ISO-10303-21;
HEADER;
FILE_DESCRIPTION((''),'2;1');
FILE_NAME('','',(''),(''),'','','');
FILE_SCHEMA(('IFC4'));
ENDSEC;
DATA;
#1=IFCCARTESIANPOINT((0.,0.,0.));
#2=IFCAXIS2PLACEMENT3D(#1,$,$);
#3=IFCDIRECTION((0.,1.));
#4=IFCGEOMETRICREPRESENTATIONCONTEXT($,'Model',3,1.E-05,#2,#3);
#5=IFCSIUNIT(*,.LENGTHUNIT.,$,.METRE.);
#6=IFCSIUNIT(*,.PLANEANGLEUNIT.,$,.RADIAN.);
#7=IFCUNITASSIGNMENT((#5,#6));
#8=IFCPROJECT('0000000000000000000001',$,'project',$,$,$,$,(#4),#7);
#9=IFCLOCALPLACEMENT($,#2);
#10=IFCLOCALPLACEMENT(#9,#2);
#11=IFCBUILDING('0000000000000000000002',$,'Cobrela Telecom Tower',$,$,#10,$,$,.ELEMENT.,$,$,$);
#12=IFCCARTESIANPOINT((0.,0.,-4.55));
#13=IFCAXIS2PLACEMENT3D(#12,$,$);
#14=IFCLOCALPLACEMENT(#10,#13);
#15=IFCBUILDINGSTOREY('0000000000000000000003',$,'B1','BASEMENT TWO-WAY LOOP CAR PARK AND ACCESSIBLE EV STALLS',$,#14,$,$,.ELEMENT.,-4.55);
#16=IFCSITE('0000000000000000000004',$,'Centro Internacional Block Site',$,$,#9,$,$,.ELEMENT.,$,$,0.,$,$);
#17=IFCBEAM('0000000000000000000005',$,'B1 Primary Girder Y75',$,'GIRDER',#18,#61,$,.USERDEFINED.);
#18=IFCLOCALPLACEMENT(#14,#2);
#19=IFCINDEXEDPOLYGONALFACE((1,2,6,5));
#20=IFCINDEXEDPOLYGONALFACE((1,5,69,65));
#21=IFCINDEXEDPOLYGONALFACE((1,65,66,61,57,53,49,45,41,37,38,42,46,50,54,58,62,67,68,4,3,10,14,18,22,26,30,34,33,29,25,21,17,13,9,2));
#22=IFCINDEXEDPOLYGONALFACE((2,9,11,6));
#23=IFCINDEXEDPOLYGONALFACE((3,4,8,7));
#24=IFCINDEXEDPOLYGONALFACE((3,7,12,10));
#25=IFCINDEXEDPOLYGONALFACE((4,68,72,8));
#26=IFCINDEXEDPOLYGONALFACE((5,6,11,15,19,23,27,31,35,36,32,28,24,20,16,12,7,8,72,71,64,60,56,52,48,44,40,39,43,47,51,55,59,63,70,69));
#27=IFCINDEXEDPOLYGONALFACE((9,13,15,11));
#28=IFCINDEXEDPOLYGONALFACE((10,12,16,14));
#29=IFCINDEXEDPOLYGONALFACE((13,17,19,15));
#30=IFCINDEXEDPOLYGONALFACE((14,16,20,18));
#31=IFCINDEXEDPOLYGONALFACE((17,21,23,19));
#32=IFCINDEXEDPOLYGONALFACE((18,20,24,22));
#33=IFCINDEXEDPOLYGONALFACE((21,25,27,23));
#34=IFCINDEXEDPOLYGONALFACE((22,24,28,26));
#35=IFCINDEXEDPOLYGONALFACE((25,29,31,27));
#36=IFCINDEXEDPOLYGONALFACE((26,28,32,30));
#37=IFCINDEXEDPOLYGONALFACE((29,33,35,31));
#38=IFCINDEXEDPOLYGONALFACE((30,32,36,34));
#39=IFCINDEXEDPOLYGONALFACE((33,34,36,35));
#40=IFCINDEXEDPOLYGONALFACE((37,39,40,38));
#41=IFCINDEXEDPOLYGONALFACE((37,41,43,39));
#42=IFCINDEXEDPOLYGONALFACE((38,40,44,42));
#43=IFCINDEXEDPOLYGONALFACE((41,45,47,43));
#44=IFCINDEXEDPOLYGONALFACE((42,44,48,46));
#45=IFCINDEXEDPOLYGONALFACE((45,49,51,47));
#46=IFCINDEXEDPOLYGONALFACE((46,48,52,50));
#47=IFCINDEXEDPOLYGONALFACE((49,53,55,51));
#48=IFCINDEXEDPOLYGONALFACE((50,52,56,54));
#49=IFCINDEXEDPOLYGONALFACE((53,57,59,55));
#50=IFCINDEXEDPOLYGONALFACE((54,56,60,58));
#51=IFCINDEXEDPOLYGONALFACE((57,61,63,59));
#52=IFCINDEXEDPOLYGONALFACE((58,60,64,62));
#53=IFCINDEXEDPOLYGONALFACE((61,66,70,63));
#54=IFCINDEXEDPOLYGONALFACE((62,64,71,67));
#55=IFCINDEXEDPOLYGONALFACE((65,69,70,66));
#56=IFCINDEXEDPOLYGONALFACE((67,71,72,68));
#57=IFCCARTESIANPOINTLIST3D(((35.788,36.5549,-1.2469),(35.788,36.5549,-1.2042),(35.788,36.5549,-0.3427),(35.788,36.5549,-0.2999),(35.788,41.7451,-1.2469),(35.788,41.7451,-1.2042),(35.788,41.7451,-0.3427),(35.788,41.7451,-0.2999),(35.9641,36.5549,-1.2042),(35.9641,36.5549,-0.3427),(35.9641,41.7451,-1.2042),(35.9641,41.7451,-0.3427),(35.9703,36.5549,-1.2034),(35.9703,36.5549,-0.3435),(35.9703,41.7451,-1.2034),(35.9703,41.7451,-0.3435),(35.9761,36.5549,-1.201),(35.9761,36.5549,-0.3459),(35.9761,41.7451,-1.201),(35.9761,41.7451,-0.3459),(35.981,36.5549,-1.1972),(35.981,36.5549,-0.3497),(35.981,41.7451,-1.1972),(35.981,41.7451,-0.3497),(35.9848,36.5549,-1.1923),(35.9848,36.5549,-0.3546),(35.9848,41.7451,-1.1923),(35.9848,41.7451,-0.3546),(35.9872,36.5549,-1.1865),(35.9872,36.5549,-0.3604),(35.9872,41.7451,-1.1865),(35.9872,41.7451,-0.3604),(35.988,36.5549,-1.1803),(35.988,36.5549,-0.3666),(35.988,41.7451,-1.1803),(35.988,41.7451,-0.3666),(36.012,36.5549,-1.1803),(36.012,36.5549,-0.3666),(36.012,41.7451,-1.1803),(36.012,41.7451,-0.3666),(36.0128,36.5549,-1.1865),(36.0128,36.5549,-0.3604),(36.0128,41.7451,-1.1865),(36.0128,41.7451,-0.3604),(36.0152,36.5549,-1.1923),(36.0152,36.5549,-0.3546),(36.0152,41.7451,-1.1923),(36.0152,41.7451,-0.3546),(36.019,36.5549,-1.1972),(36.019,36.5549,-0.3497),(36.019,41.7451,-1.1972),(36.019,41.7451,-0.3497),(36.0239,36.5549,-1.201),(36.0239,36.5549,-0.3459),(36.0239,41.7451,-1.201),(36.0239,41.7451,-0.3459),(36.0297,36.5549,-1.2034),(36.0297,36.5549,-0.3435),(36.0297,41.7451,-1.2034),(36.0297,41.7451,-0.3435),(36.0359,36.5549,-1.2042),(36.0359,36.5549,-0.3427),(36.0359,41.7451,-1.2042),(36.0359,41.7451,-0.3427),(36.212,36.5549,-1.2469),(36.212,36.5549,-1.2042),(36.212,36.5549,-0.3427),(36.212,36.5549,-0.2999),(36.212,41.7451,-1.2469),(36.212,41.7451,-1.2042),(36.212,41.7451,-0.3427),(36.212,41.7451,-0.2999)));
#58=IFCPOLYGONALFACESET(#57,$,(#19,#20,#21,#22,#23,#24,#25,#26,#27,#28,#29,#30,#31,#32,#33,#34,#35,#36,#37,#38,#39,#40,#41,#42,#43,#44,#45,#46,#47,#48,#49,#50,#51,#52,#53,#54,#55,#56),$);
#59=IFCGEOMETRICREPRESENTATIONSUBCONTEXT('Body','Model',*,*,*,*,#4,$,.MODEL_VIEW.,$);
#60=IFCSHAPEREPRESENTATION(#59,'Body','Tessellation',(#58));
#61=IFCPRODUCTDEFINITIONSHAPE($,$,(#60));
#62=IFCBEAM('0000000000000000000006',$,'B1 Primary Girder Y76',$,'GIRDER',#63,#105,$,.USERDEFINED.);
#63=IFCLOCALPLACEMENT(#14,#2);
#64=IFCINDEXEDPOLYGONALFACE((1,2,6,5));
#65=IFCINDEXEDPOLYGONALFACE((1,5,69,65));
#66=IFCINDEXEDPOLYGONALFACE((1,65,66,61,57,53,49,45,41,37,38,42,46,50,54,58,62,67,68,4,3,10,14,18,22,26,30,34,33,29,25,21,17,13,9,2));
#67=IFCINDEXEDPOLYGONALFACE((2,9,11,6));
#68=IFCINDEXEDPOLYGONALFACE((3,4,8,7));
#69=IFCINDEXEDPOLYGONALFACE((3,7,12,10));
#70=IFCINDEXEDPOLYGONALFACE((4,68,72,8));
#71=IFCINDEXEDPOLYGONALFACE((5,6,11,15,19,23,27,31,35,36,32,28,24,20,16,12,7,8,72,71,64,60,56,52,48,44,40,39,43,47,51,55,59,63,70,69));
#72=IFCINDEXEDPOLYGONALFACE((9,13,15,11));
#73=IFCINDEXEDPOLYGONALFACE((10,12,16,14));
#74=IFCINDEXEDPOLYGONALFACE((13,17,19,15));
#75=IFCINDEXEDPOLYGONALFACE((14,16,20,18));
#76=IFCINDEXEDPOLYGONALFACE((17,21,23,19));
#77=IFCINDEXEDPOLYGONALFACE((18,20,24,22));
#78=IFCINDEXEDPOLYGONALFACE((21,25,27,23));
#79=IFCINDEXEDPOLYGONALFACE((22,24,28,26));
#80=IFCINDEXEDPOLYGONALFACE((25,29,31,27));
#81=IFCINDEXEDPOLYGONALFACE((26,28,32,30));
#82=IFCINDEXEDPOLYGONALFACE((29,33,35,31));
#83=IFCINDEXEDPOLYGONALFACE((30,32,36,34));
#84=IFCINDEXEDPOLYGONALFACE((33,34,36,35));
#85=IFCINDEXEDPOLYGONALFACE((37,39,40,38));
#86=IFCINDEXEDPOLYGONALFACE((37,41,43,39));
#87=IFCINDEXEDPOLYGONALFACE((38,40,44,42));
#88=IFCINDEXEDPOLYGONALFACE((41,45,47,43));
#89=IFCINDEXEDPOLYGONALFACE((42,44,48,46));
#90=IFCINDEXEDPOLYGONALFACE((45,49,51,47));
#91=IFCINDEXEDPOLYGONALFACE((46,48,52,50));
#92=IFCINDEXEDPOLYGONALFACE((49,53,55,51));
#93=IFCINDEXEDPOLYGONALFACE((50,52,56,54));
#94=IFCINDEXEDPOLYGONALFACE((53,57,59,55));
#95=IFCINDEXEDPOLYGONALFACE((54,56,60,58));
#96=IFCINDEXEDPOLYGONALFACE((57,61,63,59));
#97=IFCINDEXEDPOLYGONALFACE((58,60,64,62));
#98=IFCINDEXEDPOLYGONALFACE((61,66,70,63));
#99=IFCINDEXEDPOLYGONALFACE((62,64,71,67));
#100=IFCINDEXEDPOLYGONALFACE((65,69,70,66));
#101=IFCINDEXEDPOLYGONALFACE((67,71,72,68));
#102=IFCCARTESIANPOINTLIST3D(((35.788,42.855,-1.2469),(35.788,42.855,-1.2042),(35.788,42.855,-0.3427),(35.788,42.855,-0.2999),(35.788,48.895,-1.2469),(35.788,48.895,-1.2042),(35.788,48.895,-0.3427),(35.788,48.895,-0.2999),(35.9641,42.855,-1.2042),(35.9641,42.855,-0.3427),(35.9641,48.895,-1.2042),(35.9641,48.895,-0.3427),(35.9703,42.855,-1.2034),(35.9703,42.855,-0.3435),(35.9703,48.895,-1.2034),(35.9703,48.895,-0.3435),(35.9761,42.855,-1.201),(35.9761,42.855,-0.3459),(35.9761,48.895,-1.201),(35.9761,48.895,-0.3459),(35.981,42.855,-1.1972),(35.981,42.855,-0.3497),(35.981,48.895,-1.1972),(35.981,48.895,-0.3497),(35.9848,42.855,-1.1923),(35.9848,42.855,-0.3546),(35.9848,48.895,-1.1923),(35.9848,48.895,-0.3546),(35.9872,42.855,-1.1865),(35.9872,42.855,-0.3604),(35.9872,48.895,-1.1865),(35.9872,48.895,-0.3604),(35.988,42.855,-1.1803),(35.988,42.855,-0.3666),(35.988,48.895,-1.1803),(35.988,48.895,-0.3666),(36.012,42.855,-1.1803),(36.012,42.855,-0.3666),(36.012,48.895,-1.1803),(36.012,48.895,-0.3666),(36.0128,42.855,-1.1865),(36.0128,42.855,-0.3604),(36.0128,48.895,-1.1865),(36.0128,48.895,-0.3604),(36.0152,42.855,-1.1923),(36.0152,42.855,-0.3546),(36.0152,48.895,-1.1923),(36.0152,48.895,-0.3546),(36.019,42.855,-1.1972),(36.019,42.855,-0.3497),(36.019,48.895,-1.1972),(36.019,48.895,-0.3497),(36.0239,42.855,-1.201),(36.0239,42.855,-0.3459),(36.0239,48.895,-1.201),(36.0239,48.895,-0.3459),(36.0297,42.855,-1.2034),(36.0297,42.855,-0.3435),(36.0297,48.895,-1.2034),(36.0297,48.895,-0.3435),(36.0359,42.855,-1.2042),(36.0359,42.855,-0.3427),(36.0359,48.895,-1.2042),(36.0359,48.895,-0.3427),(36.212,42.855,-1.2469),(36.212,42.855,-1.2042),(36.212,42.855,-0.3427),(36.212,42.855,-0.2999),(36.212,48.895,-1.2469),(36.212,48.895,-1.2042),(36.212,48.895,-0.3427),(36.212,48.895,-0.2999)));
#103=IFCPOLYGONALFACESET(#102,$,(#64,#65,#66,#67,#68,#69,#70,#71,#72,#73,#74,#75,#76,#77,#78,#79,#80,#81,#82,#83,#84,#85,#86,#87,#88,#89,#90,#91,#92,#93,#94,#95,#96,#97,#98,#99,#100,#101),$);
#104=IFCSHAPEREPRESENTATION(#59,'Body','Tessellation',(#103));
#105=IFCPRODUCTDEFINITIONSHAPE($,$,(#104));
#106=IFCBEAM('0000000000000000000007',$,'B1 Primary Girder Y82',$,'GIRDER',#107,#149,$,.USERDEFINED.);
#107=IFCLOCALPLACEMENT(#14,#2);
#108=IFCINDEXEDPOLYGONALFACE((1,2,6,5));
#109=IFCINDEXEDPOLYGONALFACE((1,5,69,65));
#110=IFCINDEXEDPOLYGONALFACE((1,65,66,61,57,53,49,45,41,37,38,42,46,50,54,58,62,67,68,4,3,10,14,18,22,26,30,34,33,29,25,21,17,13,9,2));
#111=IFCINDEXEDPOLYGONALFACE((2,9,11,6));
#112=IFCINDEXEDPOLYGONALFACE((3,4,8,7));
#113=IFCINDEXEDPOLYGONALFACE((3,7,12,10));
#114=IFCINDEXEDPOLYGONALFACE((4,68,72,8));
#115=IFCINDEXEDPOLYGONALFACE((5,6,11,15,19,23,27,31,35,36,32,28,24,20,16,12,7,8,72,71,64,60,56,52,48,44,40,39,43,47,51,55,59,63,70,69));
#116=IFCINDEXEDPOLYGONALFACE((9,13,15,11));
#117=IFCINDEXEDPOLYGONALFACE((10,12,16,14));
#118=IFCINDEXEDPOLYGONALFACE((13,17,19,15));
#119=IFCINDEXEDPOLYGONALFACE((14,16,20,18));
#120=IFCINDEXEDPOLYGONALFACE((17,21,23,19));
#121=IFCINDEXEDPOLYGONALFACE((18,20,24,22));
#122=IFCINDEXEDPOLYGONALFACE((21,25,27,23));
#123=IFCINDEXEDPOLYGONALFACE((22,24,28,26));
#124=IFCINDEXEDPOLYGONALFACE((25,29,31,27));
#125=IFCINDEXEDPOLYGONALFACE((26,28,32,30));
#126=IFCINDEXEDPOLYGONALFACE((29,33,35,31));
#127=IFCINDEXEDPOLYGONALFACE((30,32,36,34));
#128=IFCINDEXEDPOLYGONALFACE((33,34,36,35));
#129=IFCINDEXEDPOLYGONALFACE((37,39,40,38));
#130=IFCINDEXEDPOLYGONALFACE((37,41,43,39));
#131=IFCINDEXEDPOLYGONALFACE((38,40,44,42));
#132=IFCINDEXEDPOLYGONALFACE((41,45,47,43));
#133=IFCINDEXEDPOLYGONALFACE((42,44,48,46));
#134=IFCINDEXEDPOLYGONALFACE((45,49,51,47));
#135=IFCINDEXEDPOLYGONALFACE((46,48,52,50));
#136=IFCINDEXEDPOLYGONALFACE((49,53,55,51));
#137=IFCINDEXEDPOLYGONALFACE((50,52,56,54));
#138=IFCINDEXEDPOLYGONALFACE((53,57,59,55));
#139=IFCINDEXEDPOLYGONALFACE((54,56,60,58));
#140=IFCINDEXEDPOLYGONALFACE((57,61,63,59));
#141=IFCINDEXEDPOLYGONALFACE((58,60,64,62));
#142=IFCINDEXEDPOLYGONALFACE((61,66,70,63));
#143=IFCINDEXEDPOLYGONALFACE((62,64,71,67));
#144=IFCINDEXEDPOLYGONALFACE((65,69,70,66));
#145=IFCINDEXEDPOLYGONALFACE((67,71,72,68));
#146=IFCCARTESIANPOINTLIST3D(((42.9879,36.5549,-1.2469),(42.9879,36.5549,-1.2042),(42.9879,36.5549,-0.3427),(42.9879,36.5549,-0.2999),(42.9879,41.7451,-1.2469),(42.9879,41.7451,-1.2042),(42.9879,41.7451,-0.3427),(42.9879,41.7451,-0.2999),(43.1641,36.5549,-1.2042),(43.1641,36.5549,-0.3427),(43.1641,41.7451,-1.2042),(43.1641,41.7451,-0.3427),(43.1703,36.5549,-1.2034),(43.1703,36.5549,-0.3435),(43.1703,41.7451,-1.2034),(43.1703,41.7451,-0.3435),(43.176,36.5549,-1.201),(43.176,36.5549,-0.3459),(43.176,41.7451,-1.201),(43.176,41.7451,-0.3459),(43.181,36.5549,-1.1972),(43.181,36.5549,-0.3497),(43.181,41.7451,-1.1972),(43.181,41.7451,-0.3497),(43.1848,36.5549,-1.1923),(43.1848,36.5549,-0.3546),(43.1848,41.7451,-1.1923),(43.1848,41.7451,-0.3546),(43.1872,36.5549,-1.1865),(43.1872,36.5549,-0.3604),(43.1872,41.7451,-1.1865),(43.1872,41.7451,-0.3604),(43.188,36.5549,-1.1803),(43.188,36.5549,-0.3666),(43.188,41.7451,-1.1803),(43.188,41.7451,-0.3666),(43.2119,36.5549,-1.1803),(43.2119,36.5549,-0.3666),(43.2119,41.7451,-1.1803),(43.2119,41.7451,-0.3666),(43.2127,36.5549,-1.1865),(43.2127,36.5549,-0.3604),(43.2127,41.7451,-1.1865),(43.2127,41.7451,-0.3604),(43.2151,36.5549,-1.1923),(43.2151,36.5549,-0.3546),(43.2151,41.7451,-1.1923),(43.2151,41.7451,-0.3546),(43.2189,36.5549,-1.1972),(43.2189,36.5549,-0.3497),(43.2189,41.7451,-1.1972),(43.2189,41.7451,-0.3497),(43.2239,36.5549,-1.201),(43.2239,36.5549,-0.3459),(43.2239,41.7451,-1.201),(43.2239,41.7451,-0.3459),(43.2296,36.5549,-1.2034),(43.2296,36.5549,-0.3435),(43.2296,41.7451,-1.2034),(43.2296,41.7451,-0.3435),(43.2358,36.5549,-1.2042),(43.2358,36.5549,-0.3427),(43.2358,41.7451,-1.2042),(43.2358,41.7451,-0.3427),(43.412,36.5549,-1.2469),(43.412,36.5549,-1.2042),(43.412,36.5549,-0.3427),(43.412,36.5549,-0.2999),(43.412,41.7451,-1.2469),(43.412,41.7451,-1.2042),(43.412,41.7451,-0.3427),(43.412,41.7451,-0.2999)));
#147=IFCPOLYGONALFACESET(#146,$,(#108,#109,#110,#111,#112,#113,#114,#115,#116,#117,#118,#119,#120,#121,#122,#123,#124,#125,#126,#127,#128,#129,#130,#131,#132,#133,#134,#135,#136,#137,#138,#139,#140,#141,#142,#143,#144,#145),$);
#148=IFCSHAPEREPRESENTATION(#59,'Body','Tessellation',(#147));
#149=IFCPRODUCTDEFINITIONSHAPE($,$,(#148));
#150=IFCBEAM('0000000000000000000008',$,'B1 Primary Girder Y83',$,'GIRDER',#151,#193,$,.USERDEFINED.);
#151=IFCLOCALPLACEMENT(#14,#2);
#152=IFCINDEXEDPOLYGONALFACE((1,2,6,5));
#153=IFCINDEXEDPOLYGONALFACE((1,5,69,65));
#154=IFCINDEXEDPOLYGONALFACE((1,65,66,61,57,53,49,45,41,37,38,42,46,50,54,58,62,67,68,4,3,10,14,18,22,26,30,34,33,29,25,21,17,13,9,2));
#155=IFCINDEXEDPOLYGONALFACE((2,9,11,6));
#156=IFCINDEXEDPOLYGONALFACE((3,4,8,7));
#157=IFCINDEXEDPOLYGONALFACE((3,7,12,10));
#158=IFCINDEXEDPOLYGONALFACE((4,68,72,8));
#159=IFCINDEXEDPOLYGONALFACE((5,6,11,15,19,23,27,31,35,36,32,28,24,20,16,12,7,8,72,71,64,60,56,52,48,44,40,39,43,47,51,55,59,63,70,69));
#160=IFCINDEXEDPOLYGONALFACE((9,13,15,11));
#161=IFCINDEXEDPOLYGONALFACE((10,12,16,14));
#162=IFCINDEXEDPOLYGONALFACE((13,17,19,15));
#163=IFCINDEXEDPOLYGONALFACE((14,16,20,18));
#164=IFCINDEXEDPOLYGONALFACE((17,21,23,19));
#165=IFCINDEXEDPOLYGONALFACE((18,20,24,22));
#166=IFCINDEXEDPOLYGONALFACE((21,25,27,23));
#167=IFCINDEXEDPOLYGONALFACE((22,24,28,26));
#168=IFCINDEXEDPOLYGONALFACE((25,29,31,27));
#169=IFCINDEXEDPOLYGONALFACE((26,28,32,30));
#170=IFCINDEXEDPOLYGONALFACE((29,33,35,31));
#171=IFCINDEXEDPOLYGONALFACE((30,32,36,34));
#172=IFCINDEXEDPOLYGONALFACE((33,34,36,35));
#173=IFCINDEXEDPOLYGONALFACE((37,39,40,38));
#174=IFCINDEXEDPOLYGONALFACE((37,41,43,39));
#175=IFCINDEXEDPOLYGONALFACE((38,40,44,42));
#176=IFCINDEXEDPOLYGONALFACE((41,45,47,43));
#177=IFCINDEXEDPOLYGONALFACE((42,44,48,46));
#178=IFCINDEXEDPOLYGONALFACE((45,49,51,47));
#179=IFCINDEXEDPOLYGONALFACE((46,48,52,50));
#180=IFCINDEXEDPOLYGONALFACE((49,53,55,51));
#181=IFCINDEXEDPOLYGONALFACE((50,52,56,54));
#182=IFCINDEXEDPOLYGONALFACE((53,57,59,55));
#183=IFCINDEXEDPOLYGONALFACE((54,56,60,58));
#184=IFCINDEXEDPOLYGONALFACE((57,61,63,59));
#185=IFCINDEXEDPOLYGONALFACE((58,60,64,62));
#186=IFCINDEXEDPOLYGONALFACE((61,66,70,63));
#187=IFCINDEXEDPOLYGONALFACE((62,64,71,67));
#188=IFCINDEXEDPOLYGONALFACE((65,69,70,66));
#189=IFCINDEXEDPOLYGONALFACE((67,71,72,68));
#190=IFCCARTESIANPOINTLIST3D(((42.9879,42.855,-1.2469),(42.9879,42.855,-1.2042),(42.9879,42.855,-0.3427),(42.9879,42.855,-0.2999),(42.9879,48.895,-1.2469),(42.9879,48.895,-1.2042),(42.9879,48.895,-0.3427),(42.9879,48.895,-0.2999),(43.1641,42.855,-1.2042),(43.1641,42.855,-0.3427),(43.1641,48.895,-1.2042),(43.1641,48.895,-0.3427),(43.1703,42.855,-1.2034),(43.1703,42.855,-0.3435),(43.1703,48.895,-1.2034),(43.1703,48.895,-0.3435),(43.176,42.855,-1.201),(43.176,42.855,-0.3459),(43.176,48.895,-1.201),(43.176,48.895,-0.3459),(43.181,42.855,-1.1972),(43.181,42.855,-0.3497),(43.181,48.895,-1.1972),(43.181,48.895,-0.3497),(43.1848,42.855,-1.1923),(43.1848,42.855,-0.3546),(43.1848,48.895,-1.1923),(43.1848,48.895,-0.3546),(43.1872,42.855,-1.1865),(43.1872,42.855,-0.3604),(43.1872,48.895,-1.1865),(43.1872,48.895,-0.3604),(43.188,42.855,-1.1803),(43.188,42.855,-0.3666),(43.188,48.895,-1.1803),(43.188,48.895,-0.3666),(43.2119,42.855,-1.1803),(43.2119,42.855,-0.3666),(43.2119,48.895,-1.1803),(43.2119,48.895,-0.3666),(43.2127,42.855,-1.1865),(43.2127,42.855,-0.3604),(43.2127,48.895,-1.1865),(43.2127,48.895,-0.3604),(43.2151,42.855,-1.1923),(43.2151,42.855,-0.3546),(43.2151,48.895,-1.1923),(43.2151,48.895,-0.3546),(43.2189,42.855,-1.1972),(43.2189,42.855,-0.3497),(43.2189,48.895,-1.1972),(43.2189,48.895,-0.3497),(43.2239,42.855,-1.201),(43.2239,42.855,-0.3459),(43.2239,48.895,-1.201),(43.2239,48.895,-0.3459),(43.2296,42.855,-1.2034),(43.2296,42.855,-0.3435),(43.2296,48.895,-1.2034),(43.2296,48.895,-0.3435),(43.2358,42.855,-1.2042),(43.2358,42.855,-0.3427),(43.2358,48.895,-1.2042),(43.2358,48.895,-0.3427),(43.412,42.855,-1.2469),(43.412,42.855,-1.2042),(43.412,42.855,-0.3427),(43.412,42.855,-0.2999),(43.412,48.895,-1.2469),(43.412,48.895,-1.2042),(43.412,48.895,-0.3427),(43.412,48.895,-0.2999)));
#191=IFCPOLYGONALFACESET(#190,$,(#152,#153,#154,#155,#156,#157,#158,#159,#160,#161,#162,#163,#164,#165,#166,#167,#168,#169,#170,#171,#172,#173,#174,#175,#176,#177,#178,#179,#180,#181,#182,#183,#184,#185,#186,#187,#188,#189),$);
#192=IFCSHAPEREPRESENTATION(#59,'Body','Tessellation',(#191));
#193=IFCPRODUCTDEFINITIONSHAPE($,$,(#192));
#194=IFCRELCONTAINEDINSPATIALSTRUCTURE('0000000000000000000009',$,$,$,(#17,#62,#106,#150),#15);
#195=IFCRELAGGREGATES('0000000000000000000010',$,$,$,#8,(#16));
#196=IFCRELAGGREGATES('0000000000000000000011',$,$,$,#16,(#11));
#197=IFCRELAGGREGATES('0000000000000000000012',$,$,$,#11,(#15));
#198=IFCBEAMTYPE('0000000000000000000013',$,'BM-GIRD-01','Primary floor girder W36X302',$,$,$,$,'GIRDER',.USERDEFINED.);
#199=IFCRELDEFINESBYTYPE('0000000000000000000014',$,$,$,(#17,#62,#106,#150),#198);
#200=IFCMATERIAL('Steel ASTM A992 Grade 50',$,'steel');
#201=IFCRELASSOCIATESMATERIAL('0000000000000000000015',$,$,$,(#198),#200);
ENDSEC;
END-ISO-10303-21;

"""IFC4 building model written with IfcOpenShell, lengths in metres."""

from ifc_helpers import new_model, si_unit, direction, frame, origin, origin_2d, place, context, subcontext, project, spatial, i_section, extrude, material, material_profile, profile_set, type_object, element, save


model = new_model("IFC4")

# Units and contexts
model_context = context("Model", 3, precision=1e-05, world=origin(), true_north=direction((0.0, 1.0)))
body_context = subcontext(model_context, "Body", "Model", "MODEL_VIEW")
ifc_project = project(units=[si_unit("LENGTHUNIT", "METRE"), si_unit("PLANEANGLEUNIT", "RADIAN")], contexts=[model_context])

# Site, building, storey
site_placement = place(None, origin())
site = spatial("IfcSite", under=ifc_project, at=site_placement, Name="Centro Internacional Block Site", CompositionType="ELEMENT", RefElevation=0.0)
building_placement = place(site_placement, origin())
building = spatial("IfcBuilding", under=site, at=building_placement, Name="Cobrela Telecom Tower", CompositionType="ELEMENT")
storey_placement = place(building_placement, frame((0.0, 0.0, -4.55)))
storey = spatial("IfcBuildingStorey", under=building, at=storey_placement, Name="B1", Description="BASEMENT TWO-WAY LOOP CAR PARK AND ACCESSIBLE EV STALLS", CompositionType="ELEMENT", Elevation=-4.55)

# Beams
ifc_material_1 = material(Name="Steel ASTM A992 Grade 50", Category="steel")
ifc_material_profile_1 = material_profile(ifc_material_1, i_section(OverallWidth=0.4241, OverallDepth=0.947, WebThickness=0.0239, FlangeThickness=0.0427, FilletRadius=0.0239, at=origin_2d()), Name="W36X302")
ifc_profile_set_1 = profile_set([ifc_material_profile_1], Name="Steel ASTM A992 Grade 50")
beam_type_1 = type_object("IfcBeamType", Name="BM-GIRD-01", Description="Primary floor girder W36X302", ElementType="GIRDER", PredefinedType="USERDEFINED", material=ifc_profile_set_1)
beam_1_placement = place(storey_placement, frame((36.0, 36.5549, -0.7734), z_axis=(0.0, 1.0, 0.0), x_axis=(-1.0, 0.0, 0.0)))
element("IfcBeam", 1, at=beam_1_placement, inside=storey, type_object=beam_type_1, Name="B1 Primary Girder Y75", ObjectType="GIRDER", PredefinedType="USERDEFINED", context=body_context, shape_type="SweptSolid", body=[
    extrude(i_section(OverallWidth=0.4241, OverallDepth=0.947, WebThickness=0.0239, FlangeThickness=0.0427, FilletRadius=0.0239, at=origin_2d()), origin(), (0.0, 0.0, 1.0), 5.1902),
])
beam_2_placement = place(storey_placement, frame((36.0, 42.855, -0.7734), z_axis=(0.0, 1.0, 0.0), x_axis=(-1.0, 0.0, 0.0)))
element("IfcBeam", 2, at=beam_2_placement, inside=storey, type_object=beam_type_1, Name="B1 Primary Girder Y76", ObjectType="GIRDER", PredefinedType="USERDEFINED", context=body_context, shape_type="SweptSolid", body=[
    extrude(i_section(OverallWidth=0.4241, OverallDepth=0.947, WebThickness=0.0239, FlangeThickness=0.0427, FilletRadius=0.0239, at=origin_2d()), origin(), (0.0, 0.0, 1.0), 6.04),
])
beam_3_placement = place(storey_placement, frame((43.2, 36.5549, -0.7734), z_axis=(0.0, 1.0, 0.0), x_axis=(-1.0, 0.0, 0.0)))
element("IfcBeam", 3, at=beam_3_placement, inside=storey, type_object=beam_type_1, Name="B1 Primary Girder Y82", ObjectType="GIRDER", PredefinedType="USERDEFINED", context=body_context, shape_type="SweptSolid", body=[
    extrude(i_section(OverallWidth=0.4241, OverallDepth=0.947, WebThickness=0.0239, FlangeThickness=0.0427, FilletRadius=0.0239, at=origin_2d()), origin(), (0.0, 0.0, 1.0), 5.1902),
])
beam_4_placement = place(storey_placement, frame((43.2, 42.855, -0.7734), z_axis=(0.0, 1.0, 0.0), x_axis=(-1.0, 0.0, 0.0)))
element("IfcBeam", 4, at=beam_4_placement, inside=storey, type_object=beam_type_1, Name="B1 Primary Girder Y83", ObjectType="GIRDER", PredefinedType="USERDEFINED", context=body_context, shape_type="SweptSolid", body=[
    extrude(i_section(OverallWidth=0.4241, OverallDepth=0.947, WebThickness=0.0239, FlangeThickness=0.0427, FilletRadius=0.0239, at=origin_2d()), origin(), (0.0, 0.0, 1.0), 6.04),
])

save(model, "model.ifc")
